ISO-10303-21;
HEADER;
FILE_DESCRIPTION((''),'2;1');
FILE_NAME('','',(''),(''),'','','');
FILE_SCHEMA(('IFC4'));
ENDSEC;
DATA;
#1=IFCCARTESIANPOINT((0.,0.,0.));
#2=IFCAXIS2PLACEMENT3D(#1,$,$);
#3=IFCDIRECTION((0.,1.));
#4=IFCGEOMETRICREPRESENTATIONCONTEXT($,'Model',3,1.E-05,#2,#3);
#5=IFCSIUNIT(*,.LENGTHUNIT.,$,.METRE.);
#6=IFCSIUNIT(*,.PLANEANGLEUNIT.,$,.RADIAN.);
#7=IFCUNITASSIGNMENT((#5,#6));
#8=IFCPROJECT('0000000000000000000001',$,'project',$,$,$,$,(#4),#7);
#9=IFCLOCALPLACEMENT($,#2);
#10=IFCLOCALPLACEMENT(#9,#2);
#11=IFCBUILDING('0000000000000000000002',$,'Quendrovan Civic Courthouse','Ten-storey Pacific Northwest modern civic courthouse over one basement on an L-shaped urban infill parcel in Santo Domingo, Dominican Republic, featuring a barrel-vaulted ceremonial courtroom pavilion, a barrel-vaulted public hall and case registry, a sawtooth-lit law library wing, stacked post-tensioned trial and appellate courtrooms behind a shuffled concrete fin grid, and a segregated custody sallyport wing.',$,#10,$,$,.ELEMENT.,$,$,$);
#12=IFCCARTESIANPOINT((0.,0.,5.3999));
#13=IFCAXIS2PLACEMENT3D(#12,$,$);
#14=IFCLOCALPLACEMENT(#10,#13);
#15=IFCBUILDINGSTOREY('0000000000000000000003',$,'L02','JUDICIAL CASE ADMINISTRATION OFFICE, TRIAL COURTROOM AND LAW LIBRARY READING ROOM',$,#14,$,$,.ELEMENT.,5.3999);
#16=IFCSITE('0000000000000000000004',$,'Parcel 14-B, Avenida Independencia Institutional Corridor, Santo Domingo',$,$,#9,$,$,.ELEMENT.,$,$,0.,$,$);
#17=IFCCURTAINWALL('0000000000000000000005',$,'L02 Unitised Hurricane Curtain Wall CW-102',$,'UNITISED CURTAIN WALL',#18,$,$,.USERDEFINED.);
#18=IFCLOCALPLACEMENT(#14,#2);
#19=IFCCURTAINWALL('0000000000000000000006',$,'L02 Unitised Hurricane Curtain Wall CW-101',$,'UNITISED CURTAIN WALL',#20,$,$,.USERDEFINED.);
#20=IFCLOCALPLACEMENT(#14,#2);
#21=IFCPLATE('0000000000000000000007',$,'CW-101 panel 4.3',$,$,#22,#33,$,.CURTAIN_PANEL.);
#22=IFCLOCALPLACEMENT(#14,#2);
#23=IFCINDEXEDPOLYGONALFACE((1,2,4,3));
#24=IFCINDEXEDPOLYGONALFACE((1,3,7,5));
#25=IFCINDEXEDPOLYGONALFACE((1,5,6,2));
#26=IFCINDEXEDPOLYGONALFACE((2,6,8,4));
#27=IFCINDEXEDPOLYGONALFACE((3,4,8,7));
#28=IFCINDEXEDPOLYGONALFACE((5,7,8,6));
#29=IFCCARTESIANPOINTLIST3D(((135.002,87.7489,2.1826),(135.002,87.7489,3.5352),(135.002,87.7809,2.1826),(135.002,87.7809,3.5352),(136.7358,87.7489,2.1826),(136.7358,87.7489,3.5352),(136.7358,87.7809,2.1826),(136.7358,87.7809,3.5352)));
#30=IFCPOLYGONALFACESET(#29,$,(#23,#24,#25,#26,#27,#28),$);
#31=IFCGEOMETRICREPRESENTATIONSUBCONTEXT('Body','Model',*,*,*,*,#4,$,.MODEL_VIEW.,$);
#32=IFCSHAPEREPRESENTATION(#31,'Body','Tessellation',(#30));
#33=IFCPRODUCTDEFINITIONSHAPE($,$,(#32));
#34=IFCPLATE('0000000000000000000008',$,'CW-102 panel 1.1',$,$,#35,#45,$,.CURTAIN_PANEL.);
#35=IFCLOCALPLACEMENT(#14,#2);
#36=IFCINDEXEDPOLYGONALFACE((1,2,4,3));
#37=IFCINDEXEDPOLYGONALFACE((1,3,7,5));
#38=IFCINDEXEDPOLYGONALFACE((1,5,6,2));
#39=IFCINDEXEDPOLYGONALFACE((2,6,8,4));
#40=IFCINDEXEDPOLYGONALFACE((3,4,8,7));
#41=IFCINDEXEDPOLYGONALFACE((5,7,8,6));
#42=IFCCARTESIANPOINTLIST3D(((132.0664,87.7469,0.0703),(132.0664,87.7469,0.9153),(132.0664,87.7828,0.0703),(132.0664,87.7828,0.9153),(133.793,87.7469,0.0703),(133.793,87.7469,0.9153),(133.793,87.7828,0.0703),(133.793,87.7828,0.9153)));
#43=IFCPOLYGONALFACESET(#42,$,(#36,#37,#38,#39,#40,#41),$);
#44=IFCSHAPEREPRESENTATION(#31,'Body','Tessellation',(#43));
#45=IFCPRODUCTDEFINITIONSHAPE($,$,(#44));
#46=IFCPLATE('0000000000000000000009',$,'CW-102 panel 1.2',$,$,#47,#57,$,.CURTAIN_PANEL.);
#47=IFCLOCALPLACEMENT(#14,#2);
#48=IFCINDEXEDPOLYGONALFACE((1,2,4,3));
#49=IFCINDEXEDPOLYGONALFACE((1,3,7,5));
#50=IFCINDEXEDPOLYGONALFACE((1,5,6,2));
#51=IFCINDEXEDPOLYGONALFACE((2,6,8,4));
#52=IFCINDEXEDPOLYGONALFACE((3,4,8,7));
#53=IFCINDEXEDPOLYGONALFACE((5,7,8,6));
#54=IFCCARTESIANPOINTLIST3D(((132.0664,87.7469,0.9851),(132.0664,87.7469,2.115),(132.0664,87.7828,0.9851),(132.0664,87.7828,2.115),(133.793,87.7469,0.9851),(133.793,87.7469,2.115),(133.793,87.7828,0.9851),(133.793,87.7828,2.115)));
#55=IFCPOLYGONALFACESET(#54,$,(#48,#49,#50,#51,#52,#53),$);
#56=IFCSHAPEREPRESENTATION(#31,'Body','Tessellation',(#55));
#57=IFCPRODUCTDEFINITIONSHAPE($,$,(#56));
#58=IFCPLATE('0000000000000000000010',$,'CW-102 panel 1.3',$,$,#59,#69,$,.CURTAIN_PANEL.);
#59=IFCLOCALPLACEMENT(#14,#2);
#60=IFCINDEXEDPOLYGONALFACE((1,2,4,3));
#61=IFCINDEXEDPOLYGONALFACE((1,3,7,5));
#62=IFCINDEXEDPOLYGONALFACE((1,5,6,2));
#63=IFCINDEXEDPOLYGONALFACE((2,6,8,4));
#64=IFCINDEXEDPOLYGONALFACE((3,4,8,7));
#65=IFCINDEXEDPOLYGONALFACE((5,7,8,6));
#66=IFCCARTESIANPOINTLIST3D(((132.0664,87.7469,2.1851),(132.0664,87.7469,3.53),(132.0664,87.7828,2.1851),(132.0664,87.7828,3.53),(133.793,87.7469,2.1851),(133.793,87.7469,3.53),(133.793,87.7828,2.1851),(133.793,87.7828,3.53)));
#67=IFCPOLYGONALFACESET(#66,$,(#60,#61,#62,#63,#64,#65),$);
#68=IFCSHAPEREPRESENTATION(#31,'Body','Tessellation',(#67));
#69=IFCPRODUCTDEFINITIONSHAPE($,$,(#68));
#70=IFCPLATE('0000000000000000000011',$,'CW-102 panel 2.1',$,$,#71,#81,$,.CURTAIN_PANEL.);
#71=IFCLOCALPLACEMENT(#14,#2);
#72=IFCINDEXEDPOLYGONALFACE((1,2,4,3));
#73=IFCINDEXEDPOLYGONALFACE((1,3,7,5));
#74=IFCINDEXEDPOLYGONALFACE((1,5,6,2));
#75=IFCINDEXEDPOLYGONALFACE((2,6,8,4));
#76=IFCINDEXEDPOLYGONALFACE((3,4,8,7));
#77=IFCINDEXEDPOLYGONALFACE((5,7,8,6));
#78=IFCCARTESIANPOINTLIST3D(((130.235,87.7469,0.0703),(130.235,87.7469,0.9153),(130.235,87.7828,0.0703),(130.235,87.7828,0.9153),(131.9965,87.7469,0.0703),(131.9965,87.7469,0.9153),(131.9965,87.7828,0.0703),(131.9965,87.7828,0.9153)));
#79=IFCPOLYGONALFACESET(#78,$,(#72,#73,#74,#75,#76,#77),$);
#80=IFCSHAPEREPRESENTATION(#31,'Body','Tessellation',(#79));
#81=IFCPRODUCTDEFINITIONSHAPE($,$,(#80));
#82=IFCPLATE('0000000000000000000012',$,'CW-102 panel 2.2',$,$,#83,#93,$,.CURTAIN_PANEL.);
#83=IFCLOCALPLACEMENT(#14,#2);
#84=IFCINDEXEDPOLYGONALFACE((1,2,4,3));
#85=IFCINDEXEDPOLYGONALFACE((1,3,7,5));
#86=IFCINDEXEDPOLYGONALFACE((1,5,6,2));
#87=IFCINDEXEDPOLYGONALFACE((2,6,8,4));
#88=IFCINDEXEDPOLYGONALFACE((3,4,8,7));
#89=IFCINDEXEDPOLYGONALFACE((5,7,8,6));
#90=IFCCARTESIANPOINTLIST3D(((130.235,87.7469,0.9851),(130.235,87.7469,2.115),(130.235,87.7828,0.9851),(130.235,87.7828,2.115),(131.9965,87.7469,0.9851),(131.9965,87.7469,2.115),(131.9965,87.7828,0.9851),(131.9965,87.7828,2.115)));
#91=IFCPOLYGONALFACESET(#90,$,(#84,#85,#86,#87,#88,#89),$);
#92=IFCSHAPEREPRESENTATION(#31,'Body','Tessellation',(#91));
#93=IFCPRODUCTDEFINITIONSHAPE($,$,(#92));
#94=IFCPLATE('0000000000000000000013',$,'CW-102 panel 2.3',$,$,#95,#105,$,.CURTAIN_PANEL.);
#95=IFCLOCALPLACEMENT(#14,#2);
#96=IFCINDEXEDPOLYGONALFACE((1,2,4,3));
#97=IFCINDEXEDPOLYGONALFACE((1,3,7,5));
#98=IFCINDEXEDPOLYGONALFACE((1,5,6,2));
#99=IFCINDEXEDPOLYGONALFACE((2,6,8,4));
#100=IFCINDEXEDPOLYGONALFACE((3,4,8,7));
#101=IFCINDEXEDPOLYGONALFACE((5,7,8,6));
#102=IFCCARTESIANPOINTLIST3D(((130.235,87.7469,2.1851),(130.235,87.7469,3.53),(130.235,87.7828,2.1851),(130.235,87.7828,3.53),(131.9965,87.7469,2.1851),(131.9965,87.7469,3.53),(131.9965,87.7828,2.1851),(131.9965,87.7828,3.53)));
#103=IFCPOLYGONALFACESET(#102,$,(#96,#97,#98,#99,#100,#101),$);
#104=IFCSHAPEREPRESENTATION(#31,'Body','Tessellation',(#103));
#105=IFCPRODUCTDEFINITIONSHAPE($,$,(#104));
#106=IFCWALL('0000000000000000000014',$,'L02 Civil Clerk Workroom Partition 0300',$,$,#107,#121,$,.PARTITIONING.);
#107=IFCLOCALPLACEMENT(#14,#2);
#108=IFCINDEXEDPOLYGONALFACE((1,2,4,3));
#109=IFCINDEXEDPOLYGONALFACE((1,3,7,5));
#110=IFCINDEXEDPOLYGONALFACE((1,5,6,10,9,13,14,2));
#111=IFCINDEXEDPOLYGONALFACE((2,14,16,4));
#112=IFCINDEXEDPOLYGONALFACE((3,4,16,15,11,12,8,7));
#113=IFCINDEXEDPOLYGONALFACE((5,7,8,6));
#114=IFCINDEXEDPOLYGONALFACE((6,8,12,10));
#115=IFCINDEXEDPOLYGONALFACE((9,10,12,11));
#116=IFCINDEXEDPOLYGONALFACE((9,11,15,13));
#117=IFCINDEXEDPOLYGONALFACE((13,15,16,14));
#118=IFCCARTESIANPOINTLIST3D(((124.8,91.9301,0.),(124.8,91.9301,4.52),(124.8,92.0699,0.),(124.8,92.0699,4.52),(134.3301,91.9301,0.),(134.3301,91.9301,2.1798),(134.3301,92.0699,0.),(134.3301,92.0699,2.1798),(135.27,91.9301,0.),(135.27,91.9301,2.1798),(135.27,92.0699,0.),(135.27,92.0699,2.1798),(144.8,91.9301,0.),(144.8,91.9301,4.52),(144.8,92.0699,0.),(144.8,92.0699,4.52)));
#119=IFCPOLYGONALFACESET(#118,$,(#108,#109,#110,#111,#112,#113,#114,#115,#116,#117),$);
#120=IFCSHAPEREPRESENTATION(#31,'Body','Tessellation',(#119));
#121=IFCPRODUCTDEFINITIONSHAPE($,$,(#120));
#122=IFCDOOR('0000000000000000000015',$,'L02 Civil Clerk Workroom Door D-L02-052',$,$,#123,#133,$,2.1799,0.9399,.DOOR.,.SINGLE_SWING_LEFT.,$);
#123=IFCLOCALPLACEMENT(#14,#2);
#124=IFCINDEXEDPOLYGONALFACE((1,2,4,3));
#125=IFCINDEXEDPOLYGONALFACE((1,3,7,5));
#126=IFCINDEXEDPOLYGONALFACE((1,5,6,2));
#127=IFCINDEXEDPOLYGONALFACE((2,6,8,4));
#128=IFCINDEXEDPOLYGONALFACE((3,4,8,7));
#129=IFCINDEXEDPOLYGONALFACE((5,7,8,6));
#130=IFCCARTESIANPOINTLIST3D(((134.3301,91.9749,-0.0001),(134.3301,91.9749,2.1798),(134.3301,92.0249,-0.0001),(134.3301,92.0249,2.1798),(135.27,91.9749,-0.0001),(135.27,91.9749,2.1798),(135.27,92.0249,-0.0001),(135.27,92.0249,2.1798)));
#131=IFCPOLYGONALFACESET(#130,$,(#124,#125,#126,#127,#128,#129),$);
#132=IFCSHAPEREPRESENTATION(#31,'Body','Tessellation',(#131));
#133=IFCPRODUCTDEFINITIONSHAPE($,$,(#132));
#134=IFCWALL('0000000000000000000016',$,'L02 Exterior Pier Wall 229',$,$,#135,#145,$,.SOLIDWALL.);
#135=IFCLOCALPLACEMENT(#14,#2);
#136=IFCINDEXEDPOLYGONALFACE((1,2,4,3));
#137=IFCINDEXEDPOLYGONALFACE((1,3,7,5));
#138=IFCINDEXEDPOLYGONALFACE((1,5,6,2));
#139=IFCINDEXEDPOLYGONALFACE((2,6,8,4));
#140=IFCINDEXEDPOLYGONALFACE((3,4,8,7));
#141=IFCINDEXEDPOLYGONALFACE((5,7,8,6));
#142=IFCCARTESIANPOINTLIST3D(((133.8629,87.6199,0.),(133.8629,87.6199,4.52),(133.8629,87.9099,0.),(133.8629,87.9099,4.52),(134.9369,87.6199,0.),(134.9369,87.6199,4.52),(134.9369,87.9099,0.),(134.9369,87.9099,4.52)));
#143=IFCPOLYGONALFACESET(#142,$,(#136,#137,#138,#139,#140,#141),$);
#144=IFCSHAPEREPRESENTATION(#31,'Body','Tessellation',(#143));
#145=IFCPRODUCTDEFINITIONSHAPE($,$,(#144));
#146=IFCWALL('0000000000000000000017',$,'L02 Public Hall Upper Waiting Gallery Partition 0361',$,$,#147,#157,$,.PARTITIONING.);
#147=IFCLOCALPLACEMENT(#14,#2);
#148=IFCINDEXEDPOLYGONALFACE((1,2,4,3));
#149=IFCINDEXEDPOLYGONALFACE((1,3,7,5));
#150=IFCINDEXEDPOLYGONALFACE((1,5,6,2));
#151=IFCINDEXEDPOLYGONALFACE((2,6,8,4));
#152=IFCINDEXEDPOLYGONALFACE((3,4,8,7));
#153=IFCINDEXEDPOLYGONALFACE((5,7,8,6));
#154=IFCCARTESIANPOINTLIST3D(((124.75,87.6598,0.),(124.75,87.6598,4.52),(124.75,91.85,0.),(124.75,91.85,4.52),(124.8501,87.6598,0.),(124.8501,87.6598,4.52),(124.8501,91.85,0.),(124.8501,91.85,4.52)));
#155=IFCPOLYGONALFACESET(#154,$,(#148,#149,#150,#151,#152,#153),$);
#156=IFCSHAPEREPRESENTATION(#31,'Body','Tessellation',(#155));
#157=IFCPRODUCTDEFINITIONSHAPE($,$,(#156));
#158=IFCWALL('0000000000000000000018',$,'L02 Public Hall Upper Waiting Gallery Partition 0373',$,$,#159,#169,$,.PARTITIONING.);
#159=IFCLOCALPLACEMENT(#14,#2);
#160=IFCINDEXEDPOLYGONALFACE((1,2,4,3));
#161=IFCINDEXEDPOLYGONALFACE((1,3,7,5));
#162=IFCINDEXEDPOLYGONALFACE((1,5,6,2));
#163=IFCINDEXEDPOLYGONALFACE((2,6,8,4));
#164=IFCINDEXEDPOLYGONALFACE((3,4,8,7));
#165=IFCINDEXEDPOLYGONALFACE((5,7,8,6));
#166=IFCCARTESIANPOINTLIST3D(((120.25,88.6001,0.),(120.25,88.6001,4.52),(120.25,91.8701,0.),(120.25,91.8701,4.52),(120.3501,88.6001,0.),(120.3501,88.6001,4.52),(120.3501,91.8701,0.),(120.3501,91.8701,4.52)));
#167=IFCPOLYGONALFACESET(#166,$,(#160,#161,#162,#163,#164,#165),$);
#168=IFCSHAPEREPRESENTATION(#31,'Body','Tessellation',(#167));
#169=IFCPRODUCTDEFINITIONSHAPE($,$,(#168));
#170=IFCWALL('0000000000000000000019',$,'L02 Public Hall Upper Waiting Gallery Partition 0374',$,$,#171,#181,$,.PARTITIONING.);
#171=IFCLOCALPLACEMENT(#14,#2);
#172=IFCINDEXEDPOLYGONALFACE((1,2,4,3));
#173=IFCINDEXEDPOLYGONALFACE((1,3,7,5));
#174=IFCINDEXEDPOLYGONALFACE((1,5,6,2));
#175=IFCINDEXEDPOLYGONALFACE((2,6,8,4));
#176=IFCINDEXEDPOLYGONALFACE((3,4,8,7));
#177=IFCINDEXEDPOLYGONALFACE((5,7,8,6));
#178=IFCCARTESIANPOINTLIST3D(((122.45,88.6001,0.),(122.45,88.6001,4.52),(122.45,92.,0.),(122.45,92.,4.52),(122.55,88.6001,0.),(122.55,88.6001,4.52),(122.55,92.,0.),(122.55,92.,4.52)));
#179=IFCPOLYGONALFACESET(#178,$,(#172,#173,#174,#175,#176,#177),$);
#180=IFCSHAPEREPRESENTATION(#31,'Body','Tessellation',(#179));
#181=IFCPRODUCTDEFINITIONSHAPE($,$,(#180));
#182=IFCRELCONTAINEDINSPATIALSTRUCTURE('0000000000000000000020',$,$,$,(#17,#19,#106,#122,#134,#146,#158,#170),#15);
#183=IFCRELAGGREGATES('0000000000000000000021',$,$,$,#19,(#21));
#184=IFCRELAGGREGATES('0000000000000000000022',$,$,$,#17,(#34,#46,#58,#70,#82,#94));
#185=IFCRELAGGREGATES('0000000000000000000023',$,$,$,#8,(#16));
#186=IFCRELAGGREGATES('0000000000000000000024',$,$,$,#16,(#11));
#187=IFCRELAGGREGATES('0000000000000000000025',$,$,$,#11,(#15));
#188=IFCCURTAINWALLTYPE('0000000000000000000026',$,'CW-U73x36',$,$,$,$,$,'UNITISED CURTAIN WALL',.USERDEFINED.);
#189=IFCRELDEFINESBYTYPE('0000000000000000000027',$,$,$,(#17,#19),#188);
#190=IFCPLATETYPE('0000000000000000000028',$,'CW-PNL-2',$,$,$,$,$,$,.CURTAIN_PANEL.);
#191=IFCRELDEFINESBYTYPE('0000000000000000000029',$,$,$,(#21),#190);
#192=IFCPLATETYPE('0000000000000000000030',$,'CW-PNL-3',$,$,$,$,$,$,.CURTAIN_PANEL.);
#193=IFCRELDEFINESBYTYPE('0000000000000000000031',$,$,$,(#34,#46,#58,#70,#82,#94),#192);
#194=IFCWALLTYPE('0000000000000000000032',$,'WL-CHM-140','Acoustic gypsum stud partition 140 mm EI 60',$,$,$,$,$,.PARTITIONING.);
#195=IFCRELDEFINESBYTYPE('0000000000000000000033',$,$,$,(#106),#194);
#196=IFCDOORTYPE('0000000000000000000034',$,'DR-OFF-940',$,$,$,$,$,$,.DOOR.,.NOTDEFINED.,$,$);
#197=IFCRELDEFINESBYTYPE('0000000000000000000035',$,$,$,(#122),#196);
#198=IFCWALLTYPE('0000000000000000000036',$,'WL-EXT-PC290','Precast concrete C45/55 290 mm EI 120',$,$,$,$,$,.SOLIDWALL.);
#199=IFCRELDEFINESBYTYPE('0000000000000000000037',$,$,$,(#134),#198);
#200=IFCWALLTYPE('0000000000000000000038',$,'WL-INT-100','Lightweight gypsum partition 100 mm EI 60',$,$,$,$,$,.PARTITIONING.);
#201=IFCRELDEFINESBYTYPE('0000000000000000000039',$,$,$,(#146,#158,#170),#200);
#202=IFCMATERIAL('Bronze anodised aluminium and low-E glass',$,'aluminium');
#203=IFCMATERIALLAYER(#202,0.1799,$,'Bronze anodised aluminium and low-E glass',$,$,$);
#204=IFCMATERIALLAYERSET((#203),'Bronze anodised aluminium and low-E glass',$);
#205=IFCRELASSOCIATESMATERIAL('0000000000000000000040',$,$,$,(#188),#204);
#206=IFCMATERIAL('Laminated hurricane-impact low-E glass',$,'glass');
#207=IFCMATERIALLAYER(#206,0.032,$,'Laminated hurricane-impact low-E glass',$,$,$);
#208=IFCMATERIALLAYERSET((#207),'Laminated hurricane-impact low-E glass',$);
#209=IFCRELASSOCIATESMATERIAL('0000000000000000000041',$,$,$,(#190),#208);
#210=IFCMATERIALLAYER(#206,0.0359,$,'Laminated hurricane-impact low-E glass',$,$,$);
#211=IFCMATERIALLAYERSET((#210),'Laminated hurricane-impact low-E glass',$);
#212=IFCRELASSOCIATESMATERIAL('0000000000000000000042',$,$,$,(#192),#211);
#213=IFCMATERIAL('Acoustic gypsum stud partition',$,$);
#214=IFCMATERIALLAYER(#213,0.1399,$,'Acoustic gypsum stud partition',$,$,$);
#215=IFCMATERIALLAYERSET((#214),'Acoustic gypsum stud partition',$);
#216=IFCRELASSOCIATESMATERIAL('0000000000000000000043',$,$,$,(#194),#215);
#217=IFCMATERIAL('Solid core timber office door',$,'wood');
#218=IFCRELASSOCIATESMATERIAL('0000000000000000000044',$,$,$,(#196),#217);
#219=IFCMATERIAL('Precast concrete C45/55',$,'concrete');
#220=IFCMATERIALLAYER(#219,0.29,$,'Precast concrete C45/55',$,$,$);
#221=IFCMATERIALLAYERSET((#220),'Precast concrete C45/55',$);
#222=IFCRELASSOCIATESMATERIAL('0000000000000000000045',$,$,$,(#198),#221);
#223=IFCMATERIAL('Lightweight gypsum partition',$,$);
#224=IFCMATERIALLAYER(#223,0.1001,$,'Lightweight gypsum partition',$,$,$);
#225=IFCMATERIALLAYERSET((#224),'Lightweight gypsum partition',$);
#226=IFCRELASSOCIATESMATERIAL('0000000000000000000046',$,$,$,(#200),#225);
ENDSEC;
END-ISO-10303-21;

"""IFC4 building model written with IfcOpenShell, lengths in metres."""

from ifc_helpers import new_model, si_unit, direction, frame, frame_2d, origin, origin_2d, place, context, subcontext, project, spatial, rectangle, extrude, material, layer, layer_set, type_object, element, fill, aggregate, save


model = new_model("IFC4")

# Units and contexts
model_context = context("Model", 3, precision=1e-05, world=origin(), true_north=direction((0.0, 1.0)))
body_context = subcontext(model_context, "Body", "Model", "MODEL_VIEW")
ifc_project = project(units=[si_unit("LENGTHUNIT", "METRE"), si_unit("PLANEANGLEUNIT", "RADIAN")], contexts=[model_context])

# Site, building, storey
site_placement = place(None, origin())
site = spatial("IfcSite", under=ifc_project, at=site_placement, Name="Parcel 14-B, Avenida Independencia Institutional Corridor, Santo Domingo", CompositionType="ELEMENT", RefElevation=0.0)
building_placement = place(site_placement, origin())
building = spatial("IfcBuilding", under=site, at=building_placement, Name="Quendrovan Civic Courthouse", Description="Ten-storey Pacific Northwest modern civic courthouse over one basement on an L-shaped urban infill parcel in Santo Domingo, Dominican Republic, featuring a barrel-vaulted ceremonial courtroom pavilion, a barrel-vaulted public hall and case registry, a sawtooth-lit law library wing, stacked post-tensioned trial and appellate courtrooms behind a shuffled concrete fin grid, and a segregated custody sallyport wing.", CompositionType="ELEMENT")
storey_placement = place(building_placement, frame((0.0, 0.0, 5.3999)))
storey = spatial("IfcBuildingStorey", under=building, at=storey_placement, Name="L02", Description="JUDICIAL CASE ADMINISTRATION OFFICE, TRIAL COURTROOM AND LAW LIBRARY READING ROOM", CompositionType="ELEMENT", Elevation=5.3999)

# Curtain walls
ifc_material_1 = material(Name="Bronze anodised aluminium and low-E glass", Category="aluminium")
ifc_layer_1 = layer(ifc_material_1, 0.1799, Name="Bronze anodised aluminium and low-E glass")
ifc_layer_set_1 = layer_set([ifc_layer_1], Name="Bronze anodised aluminium and low-E glass")
curtain_wall_type = type_object("IfcCurtainWallType", Name="CW-U73x36", ElementType="UNITISED CURTAIN WALL", PredefinedType="USERDEFINED", material=ifc_layer_set_1)
curtain_wall_1_placement = place(storey_placement, origin())
curtain_wall_1 = element("IfcCurtainWall", 1, at=curtain_wall_1_placement, inside=storey, type_object=curtain_wall_type, Name="L02 Unitised Hurricane Curtain Wall CW-102", ObjectType="UNITISED CURTAIN WALL", PredefinedType="USERDEFINED")
curtain_wall_2_placement = place(storey_placement, origin())
curtain_wall_2 = element("IfcCurtainWall", 2, at=curtain_wall_2_placement, inside=storey, type_object=curtain_wall_type, Name="L02 Unitised Hurricane Curtain Wall CW-101", ObjectType="UNITISED CURTAIN WALL", PredefinedType="USERDEFINED")

# Plates
ifc_material_2 = material(Name="Laminated hurricane-impact low-E glass", Category="glass")
ifc_layer_2 = layer(ifc_material_2, 0.032, Name="Laminated hurricane-impact low-E glass")
ifc_layer_set_2 = layer_set([ifc_layer_2], Name="Laminated hurricane-impact low-E glass")
plate_type_1 = type_object("IfcPlateType", Name="CW-PNL-2", PredefinedType="CURTAIN_PANEL", material=ifc_layer_set_2)
plate_1_placement = place(storey_placement, frame((135.8689, 87.7649, 2.1826), z_axis=(0.0, 0.0, 1.0), x_axis=(-1.0, 0.0, 0.0)))
plate_1 = element("IfcPlate", 3, at=plate_1_placement, type_object=plate_type_1, Name="CW-101 panel 4.3", PredefinedType="CURTAIN_PANEL", context=body_context, shape_type="SweptSolid", body=[
    extrude(rectangle(XDim=1.7339, YDim=0.032, at=origin_2d()), origin(), (0.0, 0.0, 1.0), 1.3525),
])
aggregate(curtain_wall_2, [plate_1])
ifc_layer_3 = layer(ifc_material_2, 0.0359, Name="Laminated hurricane-impact low-E glass")
ifc_layer_set_3 = layer_set([ifc_layer_3], Name="Laminated hurricane-impact low-E glass")
plate_type_2 = type_object("IfcPlateType", Name="CW-PNL-3", PredefinedType="CURTAIN_PANEL", material=ifc_layer_set_3)
plate_2_placement = place(storey_placement, frame((132.9297, 87.7649, 0.0703), z_axis=(0.0, 0.0, 1.0), x_axis=(-1.0, 0.0, 0.0)))
plate_2 = element("IfcPlate", 4, at=plate_2_placement, type_object=plate_type_2, Name="CW-102 panel 1.1", PredefinedType="CURTAIN_PANEL", context=body_context, shape_type="SweptSolid", body=[
    extrude(rectangle(XDim=1.7266, YDim=0.0359, at=origin_2d()), origin(), (0.0, 0.0, 1.0), 0.845),
])
plate_3_placement = place(storey_placement, frame((132.9297, 87.7649, 0.9851), z_axis=(0.0, 0.0, 1.0), x_axis=(-1.0, 0.0, 0.0)))
plate_3 = element("IfcPlate", 5, at=plate_3_placement, type_object=plate_type_2, Name="CW-102 panel 1.2", PredefinedType="CURTAIN_PANEL", context=body_context, shape_type="SweptSolid", body=[
    extrude(rectangle(XDim=1.7266, YDim=0.0359, at=origin_2d()), origin(), (0.0, 0.0, 1.0), 1.1299),
])
plate_4_placement = place(storey_placement, frame((132.9297, 87.7649, 2.1851), z_axis=(0.0, 0.0, 1.0), x_axis=(-1.0, 0.0, 0.0)))
plate_4 = element("IfcPlate", 6, at=plate_4_placement, type_object=plate_type_2, Name="CW-102 panel 1.3", PredefinedType="CURTAIN_PANEL", context=body_context, shape_type="SweptSolid", body=[
    extrude(rectangle(XDim=1.7266, YDim=0.0359, at=origin_2d()), origin(), (0.0, 0.0, 1.0), 1.345),
])
plate_5_placement = place(storey_placement, frame((131.1157, 87.7649, 0.0703), z_axis=(0.0, 0.0, 1.0), x_axis=(-1.0, 0.0, 0.0)))
plate_5 = element("IfcPlate", 7, at=plate_5_placement, type_object=plate_type_2, Name="CW-102 panel 2.1", PredefinedType="CURTAIN_PANEL", context=body_context, shape_type="SweptSolid", body=[
    extrude(rectangle(XDim=1.7615, YDim=0.0359, at=origin_2d()), origin(), (0.0, 0.0, 1.0), 0.845),
])
plate_6_placement = place(storey_placement, frame((131.1157, 87.7649, 0.9851), z_axis=(0.0, 0.0, 1.0), x_axis=(-1.0, 0.0, 0.0)))
plate_6 = element("IfcPlate", 8, at=plate_6_placement, type_object=plate_type_2, Name="CW-102 panel 2.2", PredefinedType="CURTAIN_PANEL", context=body_context, shape_type="SweptSolid", body=[
    extrude(rectangle(XDim=1.7615, YDim=0.0359, at=origin_2d()), origin(), (0.0, 0.0, 1.0), 1.1299),
])
plate_7_placement = place(storey_placement, frame((131.1157, 87.7649, 2.1851), z_axis=(0.0, 0.0, 1.0), x_axis=(-1.0, 0.0, 0.0)))
plate_7 = element("IfcPlate", 9, at=plate_7_placement, type_object=plate_type_2, Name="CW-102 panel 2.3", PredefinedType="CURTAIN_PANEL", context=body_context, shape_type="SweptSolid", body=[
    extrude(rectangle(XDim=1.7615, YDim=0.0359, at=origin_2d()), origin(), (0.0, 0.0, 1.0), 1.345),
])
aggregate(curtain_wall_1, [plate_2, plate_3, plate_4, plate_5, plate_6, plate_7])

# Wall, opening, door
ifc_material_3 = material(Name="Acoustic gypsum stud partition")
ifc_layer_4 = layer(ifc_material_3, 0.1399, Name="Acoustic gypsum stud partition")
ifc_layer_set_4 = layer_set([ifc_layer_4], Name="Acoustic gypsum stud partition")
wall_type_1 = type_object("IfcWallType", Name="WL-CHM-140", Description="Acoustic gypsum stud partition 140 mm EI 60", PredefinedType="PARTITIONING", material=ifc_layer_set_4)
wall_1_placement = place(storey_placement, frame((124.8, 92.0, 0.0), z_axis=(0.0, 0.0, 1.0), x_axis=(1.0, 0.0, 0.0)))
wall_1 = element("IfcWall", 10, at=wall_1_placement, inside=storey, type_object=wall_type_1, Name="L02 Civil Clerk Workroom Partition 0300", PredefinedType="PARTITIONING", context=body_context, shape_type="SweptSolid", body=[
    extrude(rectangle(XDim=20.0, YDim=0.1399, at=frame_2d((10.0, 0.0))), origin(), (0.0, 0.0, 1.0), 4.52),
])
opening_placement = place(wall_1_placement, frame((9.53, 0.0, 0.0)))
opening = element("IfcOpeningElement", 11, at=opening_placement, cuts=wall_1, PredefinedType="OPENING", context=body_context, shape_type="SweptSolid", body=[
    extrude(rectangle(XDim=0.9399, YDim=2.1799, at=frame_2d((0.47, 1.0898))), frame((0.0, 0.0801, 0.0), z_axis=(0.0, -1.0, 0.0), x_axis=(1.0, 0.0, 0.0)), (0.0, 0.0, 1.0), 0.1599),
])
ifc_material_4 = material(Name="Solid core timber office door", Category="wood")
door_type = type_object("IfcDoorType", Name="DR-OFF-940", OperationType="NOTDEFINED", PredefinedType="DOOR", material=ifc_material_4)
door_placement = place(opening_placement, origin())
door = element("IfcDoor", 12, at=door_placement, inside=storey, type_object=door_type, Name="L02 Civil Clerk Workroom Door D-L02-052", OperationType="SINGLE_SWING_LEFT", OverallHeight=2.1799, OverallWidth=0.9399, PredefinedType="DOOR", context=body_context, shape_type="SweptSolid", body=[
    extrude(rectangle(XDim=0.9399, YDim=2.1799, at=frame_2d((0.47, 1.0898))), frame((0.0, 0.0249, 0.0), z_axis=(0.0, -1.0, 0.0), x_axis=(1.0, 0.0, 0.0)), (0.0, 0.0, 1.0), 0.05),
])
fill(opening, door)

# Walls
ifc_material_5 = material(Name="Precast concrete C45/55", Category="concrete")
ifc_layer_5 = layer(ifc_material_5, 0.29, Name="Precast concrete C45/55")
ifc_layer_set_5 = layer_set([ifc_layer_5], Name="Precast concrete C45/55")
wall_type_2 = type_object("IfcWallType", Name="WL-EXT-PC290", Description="Precast concrete C45/55 290 mm EI 120", PredefinedType="SOLIDWALL", material=ifc_layer_set_5)
wall_2_placement = place(storey_placement, frame((134.937, 87.7649, 0.0), z_axis=(0.0, 0.0, 1.0), x_axis=(-1.0, 0.0, 0.0)))
element("IfcWall", 13, at=wall_2_placement, inside=storey, type_object=wall_type_2, Name="L02 Exterior Pier Wall 229", PredefinedType="SOLIDWALL", context=body_context, shape_type="SweptSolid", body=[
    extrude(rectangle(XDim=1.074, YDim=0.29, at=frame_2d((0.5371, 0.0))), origin(), (0.0, 0.0, 1.0), 4.52),
])
ifc_material_6 = material(Name="Lightweight gypsum partition")
ifc_layer_6 = layer(ifc_material_6, 0.1001, Name="Lightweight gypsum partition")
ifc_layer_set_6 = layer_set([ifc_layer_6], Name="Lightweight gypsum partition")
wall_type_3 = type_object("IfcWallType", Name="WL-INT-100", Description="Lightweight gypsum partition 100 mm EI 60", PredefinedType="PARTITIONING", material=ifc_layer_set_6)
wall_3_placement = place(storey_placement, frame((124.8, 91.8501, 0.0), z_axis=(0.0, 0.0, 1.0), x_axis=(0.0, -1.0, 0.0)))
element("IfcWall", 14, at=wall_3_placement, inside=storey, type_object=wall_type_3, Name="L02 Public Hall Upper Waiting Gallery Partition 0361", PredefinedType="PARTITIONING", context=body_context, shape_type="SweptSolid", body=[
    extrude(rectangle(XDim=4.1902, YDim=0.1001, at=frame_2d((2.0952, 0.0))), origin(), (0.0, 0.0, 1.0), 4.52),
])
wall_4_placement = place(storey_placement, frame((120.3, 91.8701, 0.0), z_axis=(0.0, 0.0, 1.0), x_axis=(0.0, -1.0, 0.0)))
element("IfcWall", 15, at=wall_4_placement, inside=storey, type_object=wall_type_3, Name="L02 Public Hall Upper Waiting Gallery Partition 0373", PredefinedType="PARTITIONING", context=body_context, shape_type="SweptSolid", body=[
    extrude(rectangle(XDim=3.27, YDim=0.1001, at=frame_2d((1.635, 0.0))), origin(), (0.0, 0.0, 1.0), 4.52),
])
wall_5_placement = place(storey_placement, frame((122.5, 88.6001, 0.0), z_axis=(0.0, 0.0, 1.0), x_axis=(0.0, 1.0, 0.0)))
element("IfcWall", 16, at=wall_5_placement, inside=storey, type_object=wall_type_3, Name="L02 Public Hall Upper Waiting Gallery Partition 0374", PredefinedType="PARTITIONING", context=body_context, shape_type="SweptSolid", body=[
    extrude(rectangle(XDim=3.3999, YDim=0.1001, at=frame_2d((1.7, 0.0))), origin(), (0.0, 0.0, 1.0), 4.52),
])

save(model, "model.ifc")
